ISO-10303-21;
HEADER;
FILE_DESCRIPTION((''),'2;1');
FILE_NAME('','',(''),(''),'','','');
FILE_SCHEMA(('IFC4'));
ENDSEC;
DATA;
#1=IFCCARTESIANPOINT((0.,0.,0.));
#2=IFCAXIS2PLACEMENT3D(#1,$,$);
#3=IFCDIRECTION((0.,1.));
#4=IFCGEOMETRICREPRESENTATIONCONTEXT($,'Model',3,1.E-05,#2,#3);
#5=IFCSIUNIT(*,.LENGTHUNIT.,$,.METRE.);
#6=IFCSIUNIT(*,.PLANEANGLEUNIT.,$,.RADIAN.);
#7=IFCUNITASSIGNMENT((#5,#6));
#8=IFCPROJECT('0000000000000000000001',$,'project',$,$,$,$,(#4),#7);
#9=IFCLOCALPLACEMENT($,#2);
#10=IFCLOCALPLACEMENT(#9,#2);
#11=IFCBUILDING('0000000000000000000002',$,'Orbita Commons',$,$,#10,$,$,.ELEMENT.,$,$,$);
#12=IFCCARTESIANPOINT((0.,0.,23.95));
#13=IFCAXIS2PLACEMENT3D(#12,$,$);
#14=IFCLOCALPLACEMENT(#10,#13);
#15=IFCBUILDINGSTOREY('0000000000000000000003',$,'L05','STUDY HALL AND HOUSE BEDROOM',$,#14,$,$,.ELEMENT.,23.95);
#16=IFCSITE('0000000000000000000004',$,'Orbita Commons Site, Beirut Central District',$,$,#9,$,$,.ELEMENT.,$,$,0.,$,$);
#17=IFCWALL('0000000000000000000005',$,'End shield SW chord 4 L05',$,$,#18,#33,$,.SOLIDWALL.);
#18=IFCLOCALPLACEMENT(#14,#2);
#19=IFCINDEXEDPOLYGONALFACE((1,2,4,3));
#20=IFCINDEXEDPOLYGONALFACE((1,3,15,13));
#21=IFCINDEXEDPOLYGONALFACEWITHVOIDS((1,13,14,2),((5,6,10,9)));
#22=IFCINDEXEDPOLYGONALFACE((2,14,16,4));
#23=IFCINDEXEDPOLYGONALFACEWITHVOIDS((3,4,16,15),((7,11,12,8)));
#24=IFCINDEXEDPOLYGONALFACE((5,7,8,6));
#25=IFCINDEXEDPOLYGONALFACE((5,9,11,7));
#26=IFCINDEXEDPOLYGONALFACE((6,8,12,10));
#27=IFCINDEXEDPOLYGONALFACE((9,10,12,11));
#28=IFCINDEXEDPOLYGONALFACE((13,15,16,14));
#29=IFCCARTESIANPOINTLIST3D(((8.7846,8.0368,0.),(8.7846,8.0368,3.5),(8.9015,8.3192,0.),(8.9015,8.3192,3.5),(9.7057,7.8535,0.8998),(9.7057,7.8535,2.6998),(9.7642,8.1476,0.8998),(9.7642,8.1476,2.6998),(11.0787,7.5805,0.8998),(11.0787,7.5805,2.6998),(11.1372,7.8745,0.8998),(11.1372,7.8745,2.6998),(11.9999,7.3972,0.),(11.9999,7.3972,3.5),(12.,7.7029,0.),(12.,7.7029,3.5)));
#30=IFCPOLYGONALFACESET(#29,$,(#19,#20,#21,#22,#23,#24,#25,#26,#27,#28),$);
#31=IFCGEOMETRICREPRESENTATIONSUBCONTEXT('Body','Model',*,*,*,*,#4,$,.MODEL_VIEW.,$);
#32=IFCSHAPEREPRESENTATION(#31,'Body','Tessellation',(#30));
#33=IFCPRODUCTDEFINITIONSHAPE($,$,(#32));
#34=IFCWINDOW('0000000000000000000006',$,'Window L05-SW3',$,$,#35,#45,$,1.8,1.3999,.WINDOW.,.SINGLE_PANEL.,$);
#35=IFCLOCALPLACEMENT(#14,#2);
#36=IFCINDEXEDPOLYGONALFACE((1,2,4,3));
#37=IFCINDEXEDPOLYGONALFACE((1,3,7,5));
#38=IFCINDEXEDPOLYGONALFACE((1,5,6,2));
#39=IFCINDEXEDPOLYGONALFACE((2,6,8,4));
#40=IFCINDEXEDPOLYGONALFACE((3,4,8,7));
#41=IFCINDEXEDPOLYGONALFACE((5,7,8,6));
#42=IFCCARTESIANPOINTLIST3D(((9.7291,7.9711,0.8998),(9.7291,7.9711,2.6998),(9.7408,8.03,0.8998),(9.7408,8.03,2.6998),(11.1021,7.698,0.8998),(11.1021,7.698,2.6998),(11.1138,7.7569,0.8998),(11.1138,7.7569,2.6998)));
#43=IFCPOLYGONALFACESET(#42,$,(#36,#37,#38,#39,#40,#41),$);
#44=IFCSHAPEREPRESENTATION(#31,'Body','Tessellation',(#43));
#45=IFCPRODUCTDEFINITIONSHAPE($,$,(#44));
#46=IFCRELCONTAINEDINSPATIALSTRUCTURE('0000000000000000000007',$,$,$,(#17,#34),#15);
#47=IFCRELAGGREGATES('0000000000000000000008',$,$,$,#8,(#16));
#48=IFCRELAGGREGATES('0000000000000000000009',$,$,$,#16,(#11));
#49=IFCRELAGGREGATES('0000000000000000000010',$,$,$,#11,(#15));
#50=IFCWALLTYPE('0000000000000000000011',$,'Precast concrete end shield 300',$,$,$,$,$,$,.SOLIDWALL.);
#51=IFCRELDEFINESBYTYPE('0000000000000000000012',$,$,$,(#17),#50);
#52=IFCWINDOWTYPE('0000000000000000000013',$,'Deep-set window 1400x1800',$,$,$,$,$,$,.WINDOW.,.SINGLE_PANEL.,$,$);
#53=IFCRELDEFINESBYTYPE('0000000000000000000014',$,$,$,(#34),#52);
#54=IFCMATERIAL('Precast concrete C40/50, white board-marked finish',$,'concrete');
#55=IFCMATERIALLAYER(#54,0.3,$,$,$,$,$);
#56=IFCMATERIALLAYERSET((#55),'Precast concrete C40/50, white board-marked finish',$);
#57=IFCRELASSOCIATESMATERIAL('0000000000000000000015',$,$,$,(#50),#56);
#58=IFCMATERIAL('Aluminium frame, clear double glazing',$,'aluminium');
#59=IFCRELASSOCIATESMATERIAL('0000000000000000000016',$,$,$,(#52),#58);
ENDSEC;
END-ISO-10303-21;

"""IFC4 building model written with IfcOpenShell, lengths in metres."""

from ifc_helpers import new_model, si_unit, direction, frame, frame_2d, origin, place, context, subcontext, project, spatial, polyline, rectangle, outline, extrude, material, layer, layer_set, type_object, element, fill, save


model = new_model("IFC4")

# Units and contexts
model_context = context("Model", 3, precision=1e-05, world=origin(), true_north=direction((0.0, 1.0)))
body_context = subcontext(model_context, "Body", "Model", "MODEL_VIEW")
ifc_project = project(units=[si_unit("LENGTHUNIT", "METRE"), si_unit("PLANEANGLEUNIT", "RADIAN")], contexts=[model_context])

# Site, building, storey
site_placement = place(None, origin())
site = spatial("IfcSite", under=ifc_project, at=site_placement, Name="Orbita Commons Site, Beirut Central District", CompositionType="ELEMENT", RefElevation=0.0)
building_placement = place(site_placement, origin())
building = spatial("IfcBuilding", under=site, at=building_placement, Name="Orbita Commons", CompositionType="ELEMENT")
storey_placement = place(building_placement, frame((0.0, 0.0, 23.95)))
storey = spatial("IfcBuildingStorey", under=building, at=storey_placement, Name="L05", Description="STUDY HALL AND HOUSE BEDROOM", CompositionType="ELEMENT", Elevation=23.95)

# Wall, opening, window
ifc_material_1 = material(Name="Precast concrete C40/50, white board-marked finish", Category="concrete")
ifc_layer_1 = layer(ifc_material_1, 0.3)
ifc_layer_set_1 = layer_set([ifc_layer_1], Name="Precast concrete C40/50, white board-marked finish")
wall_type_1 = type_object("IfcWallType", Name="Precast concrete end shield 300", PredefinedType="SOLIDWALL", material=ifc_layer_set_1)
ifc_material_2 = material(Name="Aluminium frame, clear double glazing", Category="aluminium")
window_type = type_object("IfcWindowType", Name="Deep-set window 1400x1800", PartitioningType="SINGLE_PANEL", PredefinedType="WINDOW", material=ifc_material_2)
wall_1_placement = place(storey_placement, frame((8.843, 8.178, 0.0), z_axis=(0.0, 0.0, 1.0), x_axis=(0.980787, -0.19508, 0.0)))
wall_1 = element("IfcWall", 1, at=wall_1_placement, inside=storey, type_object=wall_type_1, Name="End shield SW chord 4 L05", PredefinedType="SOLIDWALL", context=body_context, shape_type="SweptSolid", body=[
    extrude(outline(polyline([(-0.0298, -0.1499), (3.2485, -0.1499), (3.189, 0.1499), (0.0298, 0.1499), (-0.0298, -0.1499)])), origin(), (0.0, 0.0, 1.0), 3.5),
])
opening_1_placement = place(wall_1_placement, frame((0.9094, 0.0, 0.8999)))
opening_1 = element("IfcOpeningElement", 2, at=opening_1_placement, cuts=wall_1, PredefinedType="OPENING", context=body_context, shape_type="SweptSolid", body=[
    extrude(rectangle(XDim=1.3999, YDim=1.8, at=frame_2d((0.7, 0.8999))), frame((0.0, 0.1599, 0.0), z_axis=(0.0, -1.0, 0.0), x_axis=(1.0, 0.0, 0.0)), (0.0, 0.0, 1.0), 0.3201),
])
window_1_placement = place(opening_1_placement, origin())
window_1 = element("IfcWindow", 3, at=window_1_placement, inside=storey, type_object=window_type, Name="Window L05-SW3", OverallHeight=1.8, OverallWidth=1.3999, PartitioningType="SINGLE_PANEL", PredefinedType="WINDOW", context=body_context, shape_type="SweptSolid", body=[
    extrude(rectangle(XDim=1.3999, YDim=1.8, at=frame_2d((0.7, 0.8999))), frame((0.0, 0.03, 0.0), z_axis=(0.0, -1.0, 0.0), x_axis=(1.0, 0.0, 0.0)), (0.0, 0.0, 1.0), 0.0601),
])
fill(opening_1, window_1)

save(model, "model.ifc")
